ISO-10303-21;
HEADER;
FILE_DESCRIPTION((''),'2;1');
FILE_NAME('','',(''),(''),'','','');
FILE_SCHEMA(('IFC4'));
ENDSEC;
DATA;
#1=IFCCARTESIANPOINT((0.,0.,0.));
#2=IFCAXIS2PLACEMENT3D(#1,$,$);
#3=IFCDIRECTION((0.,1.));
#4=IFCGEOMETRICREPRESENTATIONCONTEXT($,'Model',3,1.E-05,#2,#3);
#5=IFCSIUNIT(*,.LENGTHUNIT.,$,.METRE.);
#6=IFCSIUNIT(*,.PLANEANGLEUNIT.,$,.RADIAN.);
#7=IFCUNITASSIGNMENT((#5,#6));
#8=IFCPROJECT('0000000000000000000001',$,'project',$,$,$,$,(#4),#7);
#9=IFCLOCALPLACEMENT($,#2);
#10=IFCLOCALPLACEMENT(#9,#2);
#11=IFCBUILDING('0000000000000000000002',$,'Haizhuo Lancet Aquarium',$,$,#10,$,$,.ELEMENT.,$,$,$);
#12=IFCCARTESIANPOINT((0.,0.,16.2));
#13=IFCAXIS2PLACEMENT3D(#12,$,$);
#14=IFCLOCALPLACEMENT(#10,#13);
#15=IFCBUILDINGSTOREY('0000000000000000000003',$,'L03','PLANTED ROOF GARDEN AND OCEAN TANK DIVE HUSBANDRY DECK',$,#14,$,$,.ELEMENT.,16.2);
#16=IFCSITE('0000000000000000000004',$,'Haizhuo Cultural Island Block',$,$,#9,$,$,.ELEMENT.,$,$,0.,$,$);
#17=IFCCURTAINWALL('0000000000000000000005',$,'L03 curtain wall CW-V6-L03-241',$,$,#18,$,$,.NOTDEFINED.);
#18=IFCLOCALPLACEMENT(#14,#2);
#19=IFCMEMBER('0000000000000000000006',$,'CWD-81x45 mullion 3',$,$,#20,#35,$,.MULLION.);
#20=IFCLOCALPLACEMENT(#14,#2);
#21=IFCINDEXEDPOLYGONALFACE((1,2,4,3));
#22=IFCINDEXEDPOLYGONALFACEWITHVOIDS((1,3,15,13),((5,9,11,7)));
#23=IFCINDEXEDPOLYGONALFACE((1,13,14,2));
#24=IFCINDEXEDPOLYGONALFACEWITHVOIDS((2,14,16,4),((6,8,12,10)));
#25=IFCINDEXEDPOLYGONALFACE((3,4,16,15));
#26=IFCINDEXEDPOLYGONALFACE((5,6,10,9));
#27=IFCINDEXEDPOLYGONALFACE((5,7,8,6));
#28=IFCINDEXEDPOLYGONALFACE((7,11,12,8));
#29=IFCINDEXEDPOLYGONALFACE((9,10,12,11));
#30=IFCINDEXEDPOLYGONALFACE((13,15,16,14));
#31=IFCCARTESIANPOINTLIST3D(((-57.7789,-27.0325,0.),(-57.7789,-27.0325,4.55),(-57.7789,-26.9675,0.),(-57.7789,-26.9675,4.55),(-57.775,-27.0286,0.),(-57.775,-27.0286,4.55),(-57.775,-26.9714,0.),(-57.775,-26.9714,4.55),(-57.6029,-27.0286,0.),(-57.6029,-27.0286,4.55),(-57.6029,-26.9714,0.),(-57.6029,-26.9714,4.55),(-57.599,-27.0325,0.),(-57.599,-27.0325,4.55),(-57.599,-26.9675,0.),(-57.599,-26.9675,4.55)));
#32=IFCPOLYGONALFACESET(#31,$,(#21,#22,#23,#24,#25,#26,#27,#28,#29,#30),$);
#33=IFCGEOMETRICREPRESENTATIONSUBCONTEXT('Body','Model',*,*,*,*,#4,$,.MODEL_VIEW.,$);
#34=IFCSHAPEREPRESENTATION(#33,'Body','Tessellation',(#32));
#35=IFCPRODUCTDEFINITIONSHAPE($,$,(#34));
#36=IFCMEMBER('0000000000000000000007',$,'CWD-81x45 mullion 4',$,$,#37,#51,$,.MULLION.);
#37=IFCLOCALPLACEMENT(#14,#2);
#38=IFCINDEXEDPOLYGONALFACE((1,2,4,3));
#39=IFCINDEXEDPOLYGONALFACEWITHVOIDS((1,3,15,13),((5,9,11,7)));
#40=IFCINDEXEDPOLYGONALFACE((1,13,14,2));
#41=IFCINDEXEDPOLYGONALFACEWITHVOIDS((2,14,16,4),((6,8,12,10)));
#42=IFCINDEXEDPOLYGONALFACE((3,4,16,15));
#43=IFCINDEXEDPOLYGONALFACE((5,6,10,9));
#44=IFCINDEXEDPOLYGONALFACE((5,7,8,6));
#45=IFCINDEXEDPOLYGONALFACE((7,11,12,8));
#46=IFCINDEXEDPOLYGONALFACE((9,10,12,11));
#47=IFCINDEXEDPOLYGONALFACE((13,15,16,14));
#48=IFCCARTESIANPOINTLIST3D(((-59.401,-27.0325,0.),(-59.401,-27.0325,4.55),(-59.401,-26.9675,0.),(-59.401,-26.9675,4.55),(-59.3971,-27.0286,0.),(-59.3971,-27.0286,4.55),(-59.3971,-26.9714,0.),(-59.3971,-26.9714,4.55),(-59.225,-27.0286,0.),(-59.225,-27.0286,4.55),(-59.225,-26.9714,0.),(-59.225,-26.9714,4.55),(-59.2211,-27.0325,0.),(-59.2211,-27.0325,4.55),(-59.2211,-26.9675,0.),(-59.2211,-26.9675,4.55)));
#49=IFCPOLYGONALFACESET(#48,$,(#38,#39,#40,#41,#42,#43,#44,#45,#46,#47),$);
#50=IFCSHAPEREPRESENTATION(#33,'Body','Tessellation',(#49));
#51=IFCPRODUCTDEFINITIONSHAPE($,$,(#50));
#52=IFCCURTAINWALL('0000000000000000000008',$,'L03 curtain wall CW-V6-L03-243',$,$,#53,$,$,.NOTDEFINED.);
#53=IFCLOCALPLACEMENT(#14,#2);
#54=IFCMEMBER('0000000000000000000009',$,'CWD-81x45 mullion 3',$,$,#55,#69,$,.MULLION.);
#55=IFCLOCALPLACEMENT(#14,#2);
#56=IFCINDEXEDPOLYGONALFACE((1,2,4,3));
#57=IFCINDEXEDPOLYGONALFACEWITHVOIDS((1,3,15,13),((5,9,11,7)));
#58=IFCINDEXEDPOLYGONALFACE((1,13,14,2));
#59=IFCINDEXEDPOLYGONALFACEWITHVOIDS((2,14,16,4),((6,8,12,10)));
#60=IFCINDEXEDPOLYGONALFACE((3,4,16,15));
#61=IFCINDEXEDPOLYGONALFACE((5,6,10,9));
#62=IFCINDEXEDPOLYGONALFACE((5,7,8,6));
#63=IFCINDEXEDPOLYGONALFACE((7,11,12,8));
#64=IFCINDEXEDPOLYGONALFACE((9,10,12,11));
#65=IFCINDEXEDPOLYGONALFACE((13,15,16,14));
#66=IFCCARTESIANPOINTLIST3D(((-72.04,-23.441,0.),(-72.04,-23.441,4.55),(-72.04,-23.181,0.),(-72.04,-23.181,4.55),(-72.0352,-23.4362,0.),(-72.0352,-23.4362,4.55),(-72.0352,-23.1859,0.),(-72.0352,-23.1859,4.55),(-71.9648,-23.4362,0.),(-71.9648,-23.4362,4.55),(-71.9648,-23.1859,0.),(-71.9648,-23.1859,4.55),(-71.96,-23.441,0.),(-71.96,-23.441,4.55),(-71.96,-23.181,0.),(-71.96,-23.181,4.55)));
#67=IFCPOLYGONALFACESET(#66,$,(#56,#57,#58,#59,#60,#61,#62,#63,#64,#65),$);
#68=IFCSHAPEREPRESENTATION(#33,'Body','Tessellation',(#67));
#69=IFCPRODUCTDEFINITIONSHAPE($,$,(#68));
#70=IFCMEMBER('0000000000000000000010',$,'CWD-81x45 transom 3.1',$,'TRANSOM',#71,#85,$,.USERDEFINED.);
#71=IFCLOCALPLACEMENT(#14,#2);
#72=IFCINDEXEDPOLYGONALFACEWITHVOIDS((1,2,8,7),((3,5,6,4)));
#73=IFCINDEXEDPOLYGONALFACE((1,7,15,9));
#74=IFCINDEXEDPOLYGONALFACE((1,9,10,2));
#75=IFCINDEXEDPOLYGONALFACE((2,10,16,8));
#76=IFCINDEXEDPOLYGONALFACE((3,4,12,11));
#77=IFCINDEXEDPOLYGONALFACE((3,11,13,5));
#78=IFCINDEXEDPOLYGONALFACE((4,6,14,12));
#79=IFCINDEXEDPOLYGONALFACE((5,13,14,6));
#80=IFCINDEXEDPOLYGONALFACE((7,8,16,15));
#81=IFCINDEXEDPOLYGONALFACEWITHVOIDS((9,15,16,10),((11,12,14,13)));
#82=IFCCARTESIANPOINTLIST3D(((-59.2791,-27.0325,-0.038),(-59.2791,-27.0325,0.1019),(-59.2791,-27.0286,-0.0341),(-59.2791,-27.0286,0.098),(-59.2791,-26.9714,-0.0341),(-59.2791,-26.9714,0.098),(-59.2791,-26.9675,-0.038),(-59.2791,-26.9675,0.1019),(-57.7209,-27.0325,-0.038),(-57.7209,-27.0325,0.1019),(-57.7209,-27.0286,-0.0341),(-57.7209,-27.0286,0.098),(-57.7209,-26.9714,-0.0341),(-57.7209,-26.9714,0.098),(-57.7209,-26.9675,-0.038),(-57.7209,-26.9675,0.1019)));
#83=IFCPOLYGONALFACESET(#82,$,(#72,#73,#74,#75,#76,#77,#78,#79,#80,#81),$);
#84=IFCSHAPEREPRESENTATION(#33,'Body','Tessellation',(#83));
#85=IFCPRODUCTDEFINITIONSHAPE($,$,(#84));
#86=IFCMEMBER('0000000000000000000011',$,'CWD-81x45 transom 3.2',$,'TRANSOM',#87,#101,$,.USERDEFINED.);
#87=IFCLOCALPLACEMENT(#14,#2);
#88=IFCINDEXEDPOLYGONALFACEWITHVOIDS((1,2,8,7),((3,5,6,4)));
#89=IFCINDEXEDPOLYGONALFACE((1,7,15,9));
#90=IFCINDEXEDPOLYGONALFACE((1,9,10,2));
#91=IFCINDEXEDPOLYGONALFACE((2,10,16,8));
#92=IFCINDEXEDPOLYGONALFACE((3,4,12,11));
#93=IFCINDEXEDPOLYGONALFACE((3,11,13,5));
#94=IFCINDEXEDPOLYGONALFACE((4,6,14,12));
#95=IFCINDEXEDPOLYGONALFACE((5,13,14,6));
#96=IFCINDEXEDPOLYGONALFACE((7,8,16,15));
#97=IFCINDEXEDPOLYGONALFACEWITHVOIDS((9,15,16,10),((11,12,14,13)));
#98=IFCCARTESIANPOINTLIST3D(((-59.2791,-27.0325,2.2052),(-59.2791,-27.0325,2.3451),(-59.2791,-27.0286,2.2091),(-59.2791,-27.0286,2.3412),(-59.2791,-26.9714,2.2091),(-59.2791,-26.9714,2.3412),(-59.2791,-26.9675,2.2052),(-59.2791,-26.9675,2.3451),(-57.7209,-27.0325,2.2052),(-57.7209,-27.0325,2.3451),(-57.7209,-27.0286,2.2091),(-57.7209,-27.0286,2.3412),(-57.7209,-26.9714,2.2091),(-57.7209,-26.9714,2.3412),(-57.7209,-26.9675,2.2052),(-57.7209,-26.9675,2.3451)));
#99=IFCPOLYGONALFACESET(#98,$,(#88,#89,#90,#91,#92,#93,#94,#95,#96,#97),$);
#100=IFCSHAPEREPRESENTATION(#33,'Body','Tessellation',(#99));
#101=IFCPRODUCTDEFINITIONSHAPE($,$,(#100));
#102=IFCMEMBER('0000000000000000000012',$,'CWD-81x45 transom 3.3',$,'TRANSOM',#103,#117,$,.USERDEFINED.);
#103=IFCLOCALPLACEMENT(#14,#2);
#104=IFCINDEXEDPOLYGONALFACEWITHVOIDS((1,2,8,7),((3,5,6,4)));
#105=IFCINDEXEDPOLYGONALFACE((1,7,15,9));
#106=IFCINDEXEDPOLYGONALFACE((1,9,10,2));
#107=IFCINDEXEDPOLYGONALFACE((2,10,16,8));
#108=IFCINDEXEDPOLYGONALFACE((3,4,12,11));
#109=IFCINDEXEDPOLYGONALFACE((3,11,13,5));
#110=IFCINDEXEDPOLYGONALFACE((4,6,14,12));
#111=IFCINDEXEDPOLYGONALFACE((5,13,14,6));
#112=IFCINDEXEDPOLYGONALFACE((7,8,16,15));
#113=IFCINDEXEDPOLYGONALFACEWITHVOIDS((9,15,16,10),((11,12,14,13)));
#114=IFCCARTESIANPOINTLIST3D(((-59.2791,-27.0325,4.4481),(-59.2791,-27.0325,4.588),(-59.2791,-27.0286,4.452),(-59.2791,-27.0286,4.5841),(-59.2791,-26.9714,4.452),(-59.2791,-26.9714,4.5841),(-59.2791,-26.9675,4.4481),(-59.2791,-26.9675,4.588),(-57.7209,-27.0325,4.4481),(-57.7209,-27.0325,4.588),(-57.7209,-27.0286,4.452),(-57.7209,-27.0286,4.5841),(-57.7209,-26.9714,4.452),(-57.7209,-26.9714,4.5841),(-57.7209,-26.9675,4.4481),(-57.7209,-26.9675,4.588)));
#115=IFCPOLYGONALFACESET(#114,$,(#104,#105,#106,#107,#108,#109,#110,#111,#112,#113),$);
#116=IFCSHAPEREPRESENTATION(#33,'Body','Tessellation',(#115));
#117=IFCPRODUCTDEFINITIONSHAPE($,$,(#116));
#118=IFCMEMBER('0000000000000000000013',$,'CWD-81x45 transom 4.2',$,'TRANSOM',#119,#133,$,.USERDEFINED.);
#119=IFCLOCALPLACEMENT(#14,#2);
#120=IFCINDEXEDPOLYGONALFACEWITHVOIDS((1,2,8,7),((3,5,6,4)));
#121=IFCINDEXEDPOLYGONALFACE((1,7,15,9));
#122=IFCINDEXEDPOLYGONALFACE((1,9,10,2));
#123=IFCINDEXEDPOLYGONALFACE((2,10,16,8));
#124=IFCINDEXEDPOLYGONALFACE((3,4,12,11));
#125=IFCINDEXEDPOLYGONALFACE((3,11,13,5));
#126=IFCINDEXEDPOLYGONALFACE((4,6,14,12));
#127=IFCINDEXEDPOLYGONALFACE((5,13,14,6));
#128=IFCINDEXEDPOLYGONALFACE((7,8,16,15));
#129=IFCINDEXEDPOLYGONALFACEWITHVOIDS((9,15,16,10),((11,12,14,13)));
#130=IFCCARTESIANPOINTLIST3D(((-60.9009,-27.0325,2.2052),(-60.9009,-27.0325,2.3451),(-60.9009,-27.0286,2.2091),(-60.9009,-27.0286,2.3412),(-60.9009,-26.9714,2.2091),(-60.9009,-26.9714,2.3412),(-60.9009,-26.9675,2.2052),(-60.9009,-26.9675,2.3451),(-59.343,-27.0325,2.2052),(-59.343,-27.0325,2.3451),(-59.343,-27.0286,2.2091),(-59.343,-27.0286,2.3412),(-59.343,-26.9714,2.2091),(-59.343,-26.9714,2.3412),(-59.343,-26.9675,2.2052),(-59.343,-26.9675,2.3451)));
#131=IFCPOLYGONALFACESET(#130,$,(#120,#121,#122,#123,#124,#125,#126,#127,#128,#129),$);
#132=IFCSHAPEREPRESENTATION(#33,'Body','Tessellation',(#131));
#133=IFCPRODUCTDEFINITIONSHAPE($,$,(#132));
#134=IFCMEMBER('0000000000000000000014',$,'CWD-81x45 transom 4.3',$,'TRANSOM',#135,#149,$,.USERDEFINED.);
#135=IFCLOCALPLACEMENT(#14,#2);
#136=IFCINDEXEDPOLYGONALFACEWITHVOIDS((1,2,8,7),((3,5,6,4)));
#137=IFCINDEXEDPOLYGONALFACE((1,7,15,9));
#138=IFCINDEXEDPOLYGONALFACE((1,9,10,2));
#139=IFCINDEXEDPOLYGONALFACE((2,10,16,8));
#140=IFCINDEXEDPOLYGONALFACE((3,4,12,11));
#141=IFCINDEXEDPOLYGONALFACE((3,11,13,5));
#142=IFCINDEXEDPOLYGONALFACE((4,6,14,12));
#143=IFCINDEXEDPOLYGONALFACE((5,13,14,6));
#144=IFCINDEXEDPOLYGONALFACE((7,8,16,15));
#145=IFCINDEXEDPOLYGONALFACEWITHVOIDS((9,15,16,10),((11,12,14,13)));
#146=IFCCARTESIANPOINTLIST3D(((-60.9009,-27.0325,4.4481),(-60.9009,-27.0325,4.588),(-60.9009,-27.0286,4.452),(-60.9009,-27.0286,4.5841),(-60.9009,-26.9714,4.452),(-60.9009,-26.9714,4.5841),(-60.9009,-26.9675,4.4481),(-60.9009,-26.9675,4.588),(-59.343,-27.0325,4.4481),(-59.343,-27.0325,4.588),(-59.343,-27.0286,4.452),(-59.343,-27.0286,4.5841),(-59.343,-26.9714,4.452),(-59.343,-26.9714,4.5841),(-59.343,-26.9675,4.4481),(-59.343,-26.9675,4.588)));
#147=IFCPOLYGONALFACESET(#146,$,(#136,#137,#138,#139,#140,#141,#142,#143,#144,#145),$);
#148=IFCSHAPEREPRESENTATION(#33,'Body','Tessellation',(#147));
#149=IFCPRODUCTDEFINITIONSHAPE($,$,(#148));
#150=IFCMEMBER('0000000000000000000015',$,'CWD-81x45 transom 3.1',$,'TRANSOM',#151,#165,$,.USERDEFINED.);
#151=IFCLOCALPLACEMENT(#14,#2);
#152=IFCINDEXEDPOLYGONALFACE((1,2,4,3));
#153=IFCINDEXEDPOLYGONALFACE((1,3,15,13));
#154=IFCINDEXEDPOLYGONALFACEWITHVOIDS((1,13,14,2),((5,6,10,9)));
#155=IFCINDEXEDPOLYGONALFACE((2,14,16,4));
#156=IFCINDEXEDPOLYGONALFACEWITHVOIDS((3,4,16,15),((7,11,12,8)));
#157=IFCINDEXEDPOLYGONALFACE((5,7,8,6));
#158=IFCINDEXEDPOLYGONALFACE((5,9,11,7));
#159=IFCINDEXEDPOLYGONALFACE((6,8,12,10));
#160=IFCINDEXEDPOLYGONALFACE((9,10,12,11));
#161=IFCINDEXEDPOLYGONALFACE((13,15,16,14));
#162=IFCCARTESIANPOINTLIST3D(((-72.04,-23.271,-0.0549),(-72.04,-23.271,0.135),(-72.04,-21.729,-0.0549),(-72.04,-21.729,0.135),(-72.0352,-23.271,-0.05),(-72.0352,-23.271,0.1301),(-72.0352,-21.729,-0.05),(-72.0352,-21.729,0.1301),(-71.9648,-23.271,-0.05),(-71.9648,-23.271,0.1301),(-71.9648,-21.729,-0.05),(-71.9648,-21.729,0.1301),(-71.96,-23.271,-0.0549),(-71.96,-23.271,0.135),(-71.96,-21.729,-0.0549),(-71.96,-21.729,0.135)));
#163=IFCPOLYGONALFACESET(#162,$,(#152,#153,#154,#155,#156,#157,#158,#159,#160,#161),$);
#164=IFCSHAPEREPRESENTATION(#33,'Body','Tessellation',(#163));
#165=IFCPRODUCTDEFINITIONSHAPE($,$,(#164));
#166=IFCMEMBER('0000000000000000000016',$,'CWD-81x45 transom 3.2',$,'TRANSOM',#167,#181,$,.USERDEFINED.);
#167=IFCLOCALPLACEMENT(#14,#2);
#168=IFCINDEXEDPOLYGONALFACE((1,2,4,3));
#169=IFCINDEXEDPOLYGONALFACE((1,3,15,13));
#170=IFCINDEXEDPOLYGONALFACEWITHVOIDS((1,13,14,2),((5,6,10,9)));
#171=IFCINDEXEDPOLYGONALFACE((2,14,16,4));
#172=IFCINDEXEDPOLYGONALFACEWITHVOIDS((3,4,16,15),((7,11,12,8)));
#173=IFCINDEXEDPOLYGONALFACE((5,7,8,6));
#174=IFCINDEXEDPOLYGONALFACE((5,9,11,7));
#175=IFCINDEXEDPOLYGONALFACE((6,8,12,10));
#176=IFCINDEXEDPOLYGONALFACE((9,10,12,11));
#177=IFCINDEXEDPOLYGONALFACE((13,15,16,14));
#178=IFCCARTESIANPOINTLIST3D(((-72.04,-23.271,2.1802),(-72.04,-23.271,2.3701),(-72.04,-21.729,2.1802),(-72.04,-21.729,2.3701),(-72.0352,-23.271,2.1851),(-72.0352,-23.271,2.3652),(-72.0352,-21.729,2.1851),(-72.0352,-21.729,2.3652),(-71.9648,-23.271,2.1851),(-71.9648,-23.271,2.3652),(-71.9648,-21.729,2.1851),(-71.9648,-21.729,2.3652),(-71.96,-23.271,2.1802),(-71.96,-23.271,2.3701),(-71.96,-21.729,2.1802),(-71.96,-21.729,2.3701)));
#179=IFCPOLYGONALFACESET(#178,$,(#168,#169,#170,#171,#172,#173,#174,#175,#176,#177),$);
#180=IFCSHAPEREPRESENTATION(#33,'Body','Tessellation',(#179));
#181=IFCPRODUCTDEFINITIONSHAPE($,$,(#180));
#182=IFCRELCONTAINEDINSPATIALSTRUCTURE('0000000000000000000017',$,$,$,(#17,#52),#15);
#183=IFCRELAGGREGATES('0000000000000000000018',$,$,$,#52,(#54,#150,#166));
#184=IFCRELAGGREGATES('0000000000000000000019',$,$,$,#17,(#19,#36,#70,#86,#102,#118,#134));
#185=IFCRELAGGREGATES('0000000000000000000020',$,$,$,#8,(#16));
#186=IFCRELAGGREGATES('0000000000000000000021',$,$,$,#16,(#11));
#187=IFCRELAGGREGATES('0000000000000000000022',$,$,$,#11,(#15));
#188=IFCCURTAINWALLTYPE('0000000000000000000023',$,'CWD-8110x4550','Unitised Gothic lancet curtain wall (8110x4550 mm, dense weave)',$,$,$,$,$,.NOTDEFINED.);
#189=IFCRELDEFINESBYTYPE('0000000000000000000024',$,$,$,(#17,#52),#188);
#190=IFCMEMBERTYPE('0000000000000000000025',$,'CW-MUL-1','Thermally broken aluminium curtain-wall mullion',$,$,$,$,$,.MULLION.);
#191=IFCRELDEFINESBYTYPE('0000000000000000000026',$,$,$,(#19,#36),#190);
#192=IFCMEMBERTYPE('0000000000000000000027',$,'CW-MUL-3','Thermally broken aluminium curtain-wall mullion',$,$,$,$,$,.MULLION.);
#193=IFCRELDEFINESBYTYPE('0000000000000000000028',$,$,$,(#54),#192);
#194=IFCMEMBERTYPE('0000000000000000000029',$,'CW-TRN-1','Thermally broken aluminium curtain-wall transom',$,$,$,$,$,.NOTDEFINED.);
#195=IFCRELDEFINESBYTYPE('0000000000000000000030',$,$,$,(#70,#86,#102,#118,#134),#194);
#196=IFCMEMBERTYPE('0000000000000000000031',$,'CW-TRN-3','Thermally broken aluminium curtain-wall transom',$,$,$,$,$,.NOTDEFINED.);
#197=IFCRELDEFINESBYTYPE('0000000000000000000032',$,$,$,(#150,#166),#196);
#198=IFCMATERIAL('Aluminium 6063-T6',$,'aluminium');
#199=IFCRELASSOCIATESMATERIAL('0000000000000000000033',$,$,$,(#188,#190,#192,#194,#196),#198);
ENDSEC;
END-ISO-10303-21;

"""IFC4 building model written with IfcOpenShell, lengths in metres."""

from ifc_helpers import new_model, si_unit, direction, frame, origin, origin_2d, place, context, subcontext, project, spatial, hollow_rectangle, extrude, material, material_profile, profile_set, type_object, element, aggregate, save


model = new_model("IFC4")

# Units and contexts
model_context = context("Model", 3, precision=1e-05, world=origin(), true_north=direction((0.0, 1.0)))
body_context = subcontext(model_context, "Body", "Model", "MODEL_VIEW")
ifc_project = project(units=[si_unit("LENGTHUNIT", "METRE"), si_unit("PLANEANGLEUNIT", "RADIAN")], contexts=[model_context])

# Site, building, storey
site_placement = place(None, origin())
site = spatial("IfcSite", under=ifc_project, at=site_placement, Name="Haizhuo Cultural Island Block", CompositionType="ELEMENT", RefElevation=0.0)
building_placement = place(site_placement, origin())
building = spatial("IfcBuilding", under=site, at=building_placement, Name="Haizhuo Lancet Aquarium", CompositionType="ELEMENT")
storey_placement = place(building_placement, frame((0.0, 0.0, 16.2)))
storey = spatial("IfcBuildingStorey", under=building, at=storey_placement, Name="L03", Description="PLANTED ROOF GARDEN AND OCEAN TANK DIVE HUSBANDRY DECK", CompositionType="ELEMENT", Elevation=16.2)

# Curtain wall, members
ifc_material_1 = material(Name="Aluminium 6063-T6", Category="aluminium")
curtain_wall_type = type_object("IfcCurtainWallType", Name="CWD-8110x4550", Description="Unitised Gothic lancet curtain wall (8110x4550 mm, dense weave)", PredefinedType="NOTDEFINED", material=ifc_material_1)
curtain_wall_1_placement = place(storey_placement, origin())
curtain_wall_1 = element("IfcCurtainWall", 1, at=curtain_wall_1_placement, inside=storey, type_object=curtain_wall_type, Name="L03 curtain wall CW-V6-L03-241", PredefinedType="NOTDEFINED")
ifc_material_profile_1 = material_profile(ifc_material_1, hollow_rectangle(XDim=0.0649, YDim=0.1799, WallThickness=0.0039, at=origin_2d()), Name="ALU-M 65x180x4")
ifc_profile_set_1 = profile_set([ifc_material_profile_1], Name="Aluminium 6063-T6")
member_type_1 = type_object("IfcMemberType", Name="CW-MUL-1", Description="Thermally broken aluminium curtain-wall mullion", PredefinedType="MULLION", material=ifc_profile_set_1)
member_1_placement = place(storey_placement, frame((-57.689, -27.0, 0.0), z_axis=(0.0, 0.0, 1.0), x_axis=(0.0, -1.0, 0.0)))
member_1 = element("IfcMember", 2, at=member_1_placement, type_object=member_type_1, Name="CWD-81x45 mullion 3", PredefinedType="MULLION", context=body_context, shape_type="SweptSolid", body=[
    extrude(hollow_rectangle(XDim=0.0649, YDim=0.1799, WallThickness=0.0039, at=origin_2d()), origin(), (0.0, 0.0, 1.0), 4.55),
])
member_2_placement = place(storey_placement, frame((-59.311, -27.0, 0.0), z_axis=(0.0, 0.0, 1.0), x_axis=(0.0, -1.0, 0.0)))
member_2 = element("IfcMember", 3, at=member_2_placement, type_object=member_type_1, Name="CWD-81x45 mullion 4", PredefinedType="MULLION", context=body_context, shape_type="SweptSolid", body=[
    extrude(hollow_rectangle(XDim=0.0649, YDim=0.1799, WallThickness=0.0039, at=origin_2d()), origin(), (0.0, 0.0, 1.0), 4.55),
])

# Curtain wall, member
curtain_wall_2_placement = place(storey_placement, origin())
curtain_wall_2 = element("IfcCurtainWall", 4, at=curtain_wall_2_placement, inside=storey, type_object=curtain_wall_type, Name="L03 curtain wall CW-V6-L03-243", PredefinedType="NOTDEFINED")
ifc_material_profile_2 = material_profile(ifc_material_1, hollow_rectangle(XDim=0.0801, YDim=0.26, WallThickness=0.0049, at=origin_2d()), Name="ALU-M 80x260x5")
ifc_profile_set_2 = profile_set([ifc_material_profile_2], Name="Aluminium 6063-T6")
member_type_2 = type_object("IfcMemberType", Name="CW-MUL-3", Description="Thermally broken aluminium curtain-wall mullion", PredefinedType="MULLION", material=ifc_profile_set_2)
member_3_placement = place(storey_placement, frame((-72.0, -23.311, 0.0), z_axis=(0.0, 0.0, 1.0), x_axis=(-1.0, 0.0, 0.0)))
member_3 = element("IfcMember", 5, at=member_3_placement, type_object=member_type_2, Name="CWD-81x45 mullion 3", PredefinedType="MULLION", context=body_context, shape_type="SweptSolid", body=[
    extrude(hollow_rectangle(XDim=0.0801, YDim=0.26, WallThickness=0.0049, at=origin_2d()), origin(), (0.0, 0.0, 1.0), 4.55),
])

# Members
ifc_material_profile_3 = material_profile(ifc_material_1, hollow_rectangle(XDim=0.0649, YDim=0.1399, WallThickness=0.0039, at=origin_2d()), Name="ALU-T 65x140x4")
ifc_profile_set_3 = profile_set([ifc_material_profile_3], Name="Aluminium 6063-T6")
member_type_3 = type_object("IfcMemberType", Name="CW-TRN-1", Description="Thermally broken aluminium curtain-wall transom", PredefinedType="NOTDEFINED", material=ifc_profile_set_3)
member_4_placement = place(storey_placement, frame((-57.7209, -27.0, 0.032), z_axis=(-1.0, 0.0, 0.0), x_axis=(0.0, -1.0, 0.0)))
member_4 = element("IfcMember", 6, at=member_4_placement, type_object=member_type_3, Name="CWD-81x45 transom 3.1", ObjectType="TRANSOM", PredefinedType="USERDEFINED", context=body_context, shape_type="SweptSolid", body=[
    extrude(hollow_rectangle(XDim=0.0649, YDim=0.1399, WallThickness=0.0039, at=origin_2d()), origin(), (0.0, 0.0, 1.0), 1.5581),
])
member_5_placement = place(storey_placement, frame((-57.7209, -27.0, 2.2751), z_axis=(-1.0, 0.0, 0.0), x_axis=(0.0, -1.0, 0.0)))
member_5 = element("IfcMember", 7, at=member_5_placement, type_object=member_type_3, Name="CWD-81x45 transom 3.2", ObjectType="TRANSOM", PredefinedType="USERDEFINED", context=body_context, shape_type="SweptSolid", body=[
    extrude(hollow_rectangle(XDim=0.0649, YDim=0.1399, WallThickness=0.0039, at=origin_2d()), origin(), (0.0, 0.0, 1.0), 1.5581),
])
member_6_placement = place(storey_placement, frame((-57.7209, -27.0, 4.5181), z_axis=(-1.0, 0.0, 0.0), x_axis=(0.0, -1.0, 0.0)))
member_6 = element("IfcMember", 8, at=member_6_placement, type_object=member_type_3, Name="CWD-81x45 transom 3.3", ObjectType="TRANSOM", PredefinedType="USERDEFINED", context=body_context, shape_type="SweptSolid", body=[
    extrude(hollow_rectangle(XDim=0.0649, YDim=0.1399, WallThickness=0.0039, at=origin_2d()), origin(), (0.0, 0.0, 1.0), 1.5581),
])
member_7_placement = place(storey_placement, frame((-59.343, -27.0, 2.2751), z_axis=(-1.0, 0.0, 0.0), x_axis=(0.0, -1.0, 0.0)))
member_7 = element("IfcMember", 9, at=member_7_placement, type_object=member_type_3, Name="CWD-81x45 transom 4.2", ObjectType="TRANSOM", PredefinedType="USERDEFINED", context=body_context, shape_type="SweptSolid", body=[
    extrude(hollow_rectangle(XDim=0.0649, YDim=0.1399, WallThickness=0.0039, at=origin_2d()), origin(), (0.0, 0.0, 1.0), 1.5579),
])
member_8_placement = place(storey_placement, frame((-59.343, -27.0, 4.5181), z_axis=(-1.0, 0.0, 0.0), x_axis=(0.0, -1.0, 0.0)))
member_8 = element("IfcMember", 10, at=member_8_placement, type_object=member_type_3, Name="CWD-81x45 transom 4.3", ObjectType="TRANSOM", PredefinedType="USERDEFINED", context=body_context, shape_type="SweptSolid", body=[
    extrude(hollow_rectangle(XDim=0.0649, YDim=0.1399, WallThickness=0.0039, at=origin_2d()), origin(), (0.0, 0.0, 1.0), 1.5579),
])
ifc_material_profile_4 = material_profile(ifc_material_1, hollow_rectangle(XDim=0.0801, YDim=0.1899, WallThickness=0.0049, at=origin_2d()), Name="ALU-T 80x190x5")
ifc_profile_set_4 = profile_set([ifc_material_profile_4], Name="Aluminium 6063-T6")
member_type_4 = type_object("IfcMemberType", Name="CW-TRN-3", Description="Thermally broken aluminium curtain-wall transom", PredefinedType="NOTDEFINED", material=ifc_profile_set_4)
member_9_placement = place(storey_placement, frame((-72.0, -23.271, 0.04), z_axis=(0.0, 1.0, 0.0), x_axis=(-1.0, 0.0, 0.0)))
member_9 = element("IfcMember", 11, at=member_9_placement, type_object=member_type_4, Name="CWD-81x45 transom 3.1", ObjectType="TRANSOM", PredefinedType="USERDEFINED", context=body_context, shape_type="SweptSolid", body=[
    extrude(hollow_rectangle(XDim=0.0801, YDim=0.1899, WallThickness=0.0049, at=origin_2d()), origin(), (0.0, 0.0, 1.0), 1.542),
])
member_10_placement = place(storey_placement, frame((-72.0, -23.271, 2.2751), z_axis=(0.0, 1.0, 0.0), x_axis=(-1.0, 0.0, 0.0)))
member_10 = element("IfcMember", 12, at=member_10_placement, type_object=member_type_4, Name="CWD-81x45 transom 3.2", ObjectType="TRANSOM", PredefinedType="USERDEFINED", context=body_context, shape_type="SweptSolid", body=[
    extrude(hollow_rectangle(XDim=0.0801, YDim=0.1899, WallThickness=0.0049, at=origin_2d()), origin(), (0.0, 0.0, 1.0), 1.542),
])
aggregate(curtain_wall_2, [member_3, member_9, member_10])

aggregate(curtain_wall_1, [member_1, member_2, member_4, member_5, member_6, member_7, member_8])

save(model, "model.ifc")
